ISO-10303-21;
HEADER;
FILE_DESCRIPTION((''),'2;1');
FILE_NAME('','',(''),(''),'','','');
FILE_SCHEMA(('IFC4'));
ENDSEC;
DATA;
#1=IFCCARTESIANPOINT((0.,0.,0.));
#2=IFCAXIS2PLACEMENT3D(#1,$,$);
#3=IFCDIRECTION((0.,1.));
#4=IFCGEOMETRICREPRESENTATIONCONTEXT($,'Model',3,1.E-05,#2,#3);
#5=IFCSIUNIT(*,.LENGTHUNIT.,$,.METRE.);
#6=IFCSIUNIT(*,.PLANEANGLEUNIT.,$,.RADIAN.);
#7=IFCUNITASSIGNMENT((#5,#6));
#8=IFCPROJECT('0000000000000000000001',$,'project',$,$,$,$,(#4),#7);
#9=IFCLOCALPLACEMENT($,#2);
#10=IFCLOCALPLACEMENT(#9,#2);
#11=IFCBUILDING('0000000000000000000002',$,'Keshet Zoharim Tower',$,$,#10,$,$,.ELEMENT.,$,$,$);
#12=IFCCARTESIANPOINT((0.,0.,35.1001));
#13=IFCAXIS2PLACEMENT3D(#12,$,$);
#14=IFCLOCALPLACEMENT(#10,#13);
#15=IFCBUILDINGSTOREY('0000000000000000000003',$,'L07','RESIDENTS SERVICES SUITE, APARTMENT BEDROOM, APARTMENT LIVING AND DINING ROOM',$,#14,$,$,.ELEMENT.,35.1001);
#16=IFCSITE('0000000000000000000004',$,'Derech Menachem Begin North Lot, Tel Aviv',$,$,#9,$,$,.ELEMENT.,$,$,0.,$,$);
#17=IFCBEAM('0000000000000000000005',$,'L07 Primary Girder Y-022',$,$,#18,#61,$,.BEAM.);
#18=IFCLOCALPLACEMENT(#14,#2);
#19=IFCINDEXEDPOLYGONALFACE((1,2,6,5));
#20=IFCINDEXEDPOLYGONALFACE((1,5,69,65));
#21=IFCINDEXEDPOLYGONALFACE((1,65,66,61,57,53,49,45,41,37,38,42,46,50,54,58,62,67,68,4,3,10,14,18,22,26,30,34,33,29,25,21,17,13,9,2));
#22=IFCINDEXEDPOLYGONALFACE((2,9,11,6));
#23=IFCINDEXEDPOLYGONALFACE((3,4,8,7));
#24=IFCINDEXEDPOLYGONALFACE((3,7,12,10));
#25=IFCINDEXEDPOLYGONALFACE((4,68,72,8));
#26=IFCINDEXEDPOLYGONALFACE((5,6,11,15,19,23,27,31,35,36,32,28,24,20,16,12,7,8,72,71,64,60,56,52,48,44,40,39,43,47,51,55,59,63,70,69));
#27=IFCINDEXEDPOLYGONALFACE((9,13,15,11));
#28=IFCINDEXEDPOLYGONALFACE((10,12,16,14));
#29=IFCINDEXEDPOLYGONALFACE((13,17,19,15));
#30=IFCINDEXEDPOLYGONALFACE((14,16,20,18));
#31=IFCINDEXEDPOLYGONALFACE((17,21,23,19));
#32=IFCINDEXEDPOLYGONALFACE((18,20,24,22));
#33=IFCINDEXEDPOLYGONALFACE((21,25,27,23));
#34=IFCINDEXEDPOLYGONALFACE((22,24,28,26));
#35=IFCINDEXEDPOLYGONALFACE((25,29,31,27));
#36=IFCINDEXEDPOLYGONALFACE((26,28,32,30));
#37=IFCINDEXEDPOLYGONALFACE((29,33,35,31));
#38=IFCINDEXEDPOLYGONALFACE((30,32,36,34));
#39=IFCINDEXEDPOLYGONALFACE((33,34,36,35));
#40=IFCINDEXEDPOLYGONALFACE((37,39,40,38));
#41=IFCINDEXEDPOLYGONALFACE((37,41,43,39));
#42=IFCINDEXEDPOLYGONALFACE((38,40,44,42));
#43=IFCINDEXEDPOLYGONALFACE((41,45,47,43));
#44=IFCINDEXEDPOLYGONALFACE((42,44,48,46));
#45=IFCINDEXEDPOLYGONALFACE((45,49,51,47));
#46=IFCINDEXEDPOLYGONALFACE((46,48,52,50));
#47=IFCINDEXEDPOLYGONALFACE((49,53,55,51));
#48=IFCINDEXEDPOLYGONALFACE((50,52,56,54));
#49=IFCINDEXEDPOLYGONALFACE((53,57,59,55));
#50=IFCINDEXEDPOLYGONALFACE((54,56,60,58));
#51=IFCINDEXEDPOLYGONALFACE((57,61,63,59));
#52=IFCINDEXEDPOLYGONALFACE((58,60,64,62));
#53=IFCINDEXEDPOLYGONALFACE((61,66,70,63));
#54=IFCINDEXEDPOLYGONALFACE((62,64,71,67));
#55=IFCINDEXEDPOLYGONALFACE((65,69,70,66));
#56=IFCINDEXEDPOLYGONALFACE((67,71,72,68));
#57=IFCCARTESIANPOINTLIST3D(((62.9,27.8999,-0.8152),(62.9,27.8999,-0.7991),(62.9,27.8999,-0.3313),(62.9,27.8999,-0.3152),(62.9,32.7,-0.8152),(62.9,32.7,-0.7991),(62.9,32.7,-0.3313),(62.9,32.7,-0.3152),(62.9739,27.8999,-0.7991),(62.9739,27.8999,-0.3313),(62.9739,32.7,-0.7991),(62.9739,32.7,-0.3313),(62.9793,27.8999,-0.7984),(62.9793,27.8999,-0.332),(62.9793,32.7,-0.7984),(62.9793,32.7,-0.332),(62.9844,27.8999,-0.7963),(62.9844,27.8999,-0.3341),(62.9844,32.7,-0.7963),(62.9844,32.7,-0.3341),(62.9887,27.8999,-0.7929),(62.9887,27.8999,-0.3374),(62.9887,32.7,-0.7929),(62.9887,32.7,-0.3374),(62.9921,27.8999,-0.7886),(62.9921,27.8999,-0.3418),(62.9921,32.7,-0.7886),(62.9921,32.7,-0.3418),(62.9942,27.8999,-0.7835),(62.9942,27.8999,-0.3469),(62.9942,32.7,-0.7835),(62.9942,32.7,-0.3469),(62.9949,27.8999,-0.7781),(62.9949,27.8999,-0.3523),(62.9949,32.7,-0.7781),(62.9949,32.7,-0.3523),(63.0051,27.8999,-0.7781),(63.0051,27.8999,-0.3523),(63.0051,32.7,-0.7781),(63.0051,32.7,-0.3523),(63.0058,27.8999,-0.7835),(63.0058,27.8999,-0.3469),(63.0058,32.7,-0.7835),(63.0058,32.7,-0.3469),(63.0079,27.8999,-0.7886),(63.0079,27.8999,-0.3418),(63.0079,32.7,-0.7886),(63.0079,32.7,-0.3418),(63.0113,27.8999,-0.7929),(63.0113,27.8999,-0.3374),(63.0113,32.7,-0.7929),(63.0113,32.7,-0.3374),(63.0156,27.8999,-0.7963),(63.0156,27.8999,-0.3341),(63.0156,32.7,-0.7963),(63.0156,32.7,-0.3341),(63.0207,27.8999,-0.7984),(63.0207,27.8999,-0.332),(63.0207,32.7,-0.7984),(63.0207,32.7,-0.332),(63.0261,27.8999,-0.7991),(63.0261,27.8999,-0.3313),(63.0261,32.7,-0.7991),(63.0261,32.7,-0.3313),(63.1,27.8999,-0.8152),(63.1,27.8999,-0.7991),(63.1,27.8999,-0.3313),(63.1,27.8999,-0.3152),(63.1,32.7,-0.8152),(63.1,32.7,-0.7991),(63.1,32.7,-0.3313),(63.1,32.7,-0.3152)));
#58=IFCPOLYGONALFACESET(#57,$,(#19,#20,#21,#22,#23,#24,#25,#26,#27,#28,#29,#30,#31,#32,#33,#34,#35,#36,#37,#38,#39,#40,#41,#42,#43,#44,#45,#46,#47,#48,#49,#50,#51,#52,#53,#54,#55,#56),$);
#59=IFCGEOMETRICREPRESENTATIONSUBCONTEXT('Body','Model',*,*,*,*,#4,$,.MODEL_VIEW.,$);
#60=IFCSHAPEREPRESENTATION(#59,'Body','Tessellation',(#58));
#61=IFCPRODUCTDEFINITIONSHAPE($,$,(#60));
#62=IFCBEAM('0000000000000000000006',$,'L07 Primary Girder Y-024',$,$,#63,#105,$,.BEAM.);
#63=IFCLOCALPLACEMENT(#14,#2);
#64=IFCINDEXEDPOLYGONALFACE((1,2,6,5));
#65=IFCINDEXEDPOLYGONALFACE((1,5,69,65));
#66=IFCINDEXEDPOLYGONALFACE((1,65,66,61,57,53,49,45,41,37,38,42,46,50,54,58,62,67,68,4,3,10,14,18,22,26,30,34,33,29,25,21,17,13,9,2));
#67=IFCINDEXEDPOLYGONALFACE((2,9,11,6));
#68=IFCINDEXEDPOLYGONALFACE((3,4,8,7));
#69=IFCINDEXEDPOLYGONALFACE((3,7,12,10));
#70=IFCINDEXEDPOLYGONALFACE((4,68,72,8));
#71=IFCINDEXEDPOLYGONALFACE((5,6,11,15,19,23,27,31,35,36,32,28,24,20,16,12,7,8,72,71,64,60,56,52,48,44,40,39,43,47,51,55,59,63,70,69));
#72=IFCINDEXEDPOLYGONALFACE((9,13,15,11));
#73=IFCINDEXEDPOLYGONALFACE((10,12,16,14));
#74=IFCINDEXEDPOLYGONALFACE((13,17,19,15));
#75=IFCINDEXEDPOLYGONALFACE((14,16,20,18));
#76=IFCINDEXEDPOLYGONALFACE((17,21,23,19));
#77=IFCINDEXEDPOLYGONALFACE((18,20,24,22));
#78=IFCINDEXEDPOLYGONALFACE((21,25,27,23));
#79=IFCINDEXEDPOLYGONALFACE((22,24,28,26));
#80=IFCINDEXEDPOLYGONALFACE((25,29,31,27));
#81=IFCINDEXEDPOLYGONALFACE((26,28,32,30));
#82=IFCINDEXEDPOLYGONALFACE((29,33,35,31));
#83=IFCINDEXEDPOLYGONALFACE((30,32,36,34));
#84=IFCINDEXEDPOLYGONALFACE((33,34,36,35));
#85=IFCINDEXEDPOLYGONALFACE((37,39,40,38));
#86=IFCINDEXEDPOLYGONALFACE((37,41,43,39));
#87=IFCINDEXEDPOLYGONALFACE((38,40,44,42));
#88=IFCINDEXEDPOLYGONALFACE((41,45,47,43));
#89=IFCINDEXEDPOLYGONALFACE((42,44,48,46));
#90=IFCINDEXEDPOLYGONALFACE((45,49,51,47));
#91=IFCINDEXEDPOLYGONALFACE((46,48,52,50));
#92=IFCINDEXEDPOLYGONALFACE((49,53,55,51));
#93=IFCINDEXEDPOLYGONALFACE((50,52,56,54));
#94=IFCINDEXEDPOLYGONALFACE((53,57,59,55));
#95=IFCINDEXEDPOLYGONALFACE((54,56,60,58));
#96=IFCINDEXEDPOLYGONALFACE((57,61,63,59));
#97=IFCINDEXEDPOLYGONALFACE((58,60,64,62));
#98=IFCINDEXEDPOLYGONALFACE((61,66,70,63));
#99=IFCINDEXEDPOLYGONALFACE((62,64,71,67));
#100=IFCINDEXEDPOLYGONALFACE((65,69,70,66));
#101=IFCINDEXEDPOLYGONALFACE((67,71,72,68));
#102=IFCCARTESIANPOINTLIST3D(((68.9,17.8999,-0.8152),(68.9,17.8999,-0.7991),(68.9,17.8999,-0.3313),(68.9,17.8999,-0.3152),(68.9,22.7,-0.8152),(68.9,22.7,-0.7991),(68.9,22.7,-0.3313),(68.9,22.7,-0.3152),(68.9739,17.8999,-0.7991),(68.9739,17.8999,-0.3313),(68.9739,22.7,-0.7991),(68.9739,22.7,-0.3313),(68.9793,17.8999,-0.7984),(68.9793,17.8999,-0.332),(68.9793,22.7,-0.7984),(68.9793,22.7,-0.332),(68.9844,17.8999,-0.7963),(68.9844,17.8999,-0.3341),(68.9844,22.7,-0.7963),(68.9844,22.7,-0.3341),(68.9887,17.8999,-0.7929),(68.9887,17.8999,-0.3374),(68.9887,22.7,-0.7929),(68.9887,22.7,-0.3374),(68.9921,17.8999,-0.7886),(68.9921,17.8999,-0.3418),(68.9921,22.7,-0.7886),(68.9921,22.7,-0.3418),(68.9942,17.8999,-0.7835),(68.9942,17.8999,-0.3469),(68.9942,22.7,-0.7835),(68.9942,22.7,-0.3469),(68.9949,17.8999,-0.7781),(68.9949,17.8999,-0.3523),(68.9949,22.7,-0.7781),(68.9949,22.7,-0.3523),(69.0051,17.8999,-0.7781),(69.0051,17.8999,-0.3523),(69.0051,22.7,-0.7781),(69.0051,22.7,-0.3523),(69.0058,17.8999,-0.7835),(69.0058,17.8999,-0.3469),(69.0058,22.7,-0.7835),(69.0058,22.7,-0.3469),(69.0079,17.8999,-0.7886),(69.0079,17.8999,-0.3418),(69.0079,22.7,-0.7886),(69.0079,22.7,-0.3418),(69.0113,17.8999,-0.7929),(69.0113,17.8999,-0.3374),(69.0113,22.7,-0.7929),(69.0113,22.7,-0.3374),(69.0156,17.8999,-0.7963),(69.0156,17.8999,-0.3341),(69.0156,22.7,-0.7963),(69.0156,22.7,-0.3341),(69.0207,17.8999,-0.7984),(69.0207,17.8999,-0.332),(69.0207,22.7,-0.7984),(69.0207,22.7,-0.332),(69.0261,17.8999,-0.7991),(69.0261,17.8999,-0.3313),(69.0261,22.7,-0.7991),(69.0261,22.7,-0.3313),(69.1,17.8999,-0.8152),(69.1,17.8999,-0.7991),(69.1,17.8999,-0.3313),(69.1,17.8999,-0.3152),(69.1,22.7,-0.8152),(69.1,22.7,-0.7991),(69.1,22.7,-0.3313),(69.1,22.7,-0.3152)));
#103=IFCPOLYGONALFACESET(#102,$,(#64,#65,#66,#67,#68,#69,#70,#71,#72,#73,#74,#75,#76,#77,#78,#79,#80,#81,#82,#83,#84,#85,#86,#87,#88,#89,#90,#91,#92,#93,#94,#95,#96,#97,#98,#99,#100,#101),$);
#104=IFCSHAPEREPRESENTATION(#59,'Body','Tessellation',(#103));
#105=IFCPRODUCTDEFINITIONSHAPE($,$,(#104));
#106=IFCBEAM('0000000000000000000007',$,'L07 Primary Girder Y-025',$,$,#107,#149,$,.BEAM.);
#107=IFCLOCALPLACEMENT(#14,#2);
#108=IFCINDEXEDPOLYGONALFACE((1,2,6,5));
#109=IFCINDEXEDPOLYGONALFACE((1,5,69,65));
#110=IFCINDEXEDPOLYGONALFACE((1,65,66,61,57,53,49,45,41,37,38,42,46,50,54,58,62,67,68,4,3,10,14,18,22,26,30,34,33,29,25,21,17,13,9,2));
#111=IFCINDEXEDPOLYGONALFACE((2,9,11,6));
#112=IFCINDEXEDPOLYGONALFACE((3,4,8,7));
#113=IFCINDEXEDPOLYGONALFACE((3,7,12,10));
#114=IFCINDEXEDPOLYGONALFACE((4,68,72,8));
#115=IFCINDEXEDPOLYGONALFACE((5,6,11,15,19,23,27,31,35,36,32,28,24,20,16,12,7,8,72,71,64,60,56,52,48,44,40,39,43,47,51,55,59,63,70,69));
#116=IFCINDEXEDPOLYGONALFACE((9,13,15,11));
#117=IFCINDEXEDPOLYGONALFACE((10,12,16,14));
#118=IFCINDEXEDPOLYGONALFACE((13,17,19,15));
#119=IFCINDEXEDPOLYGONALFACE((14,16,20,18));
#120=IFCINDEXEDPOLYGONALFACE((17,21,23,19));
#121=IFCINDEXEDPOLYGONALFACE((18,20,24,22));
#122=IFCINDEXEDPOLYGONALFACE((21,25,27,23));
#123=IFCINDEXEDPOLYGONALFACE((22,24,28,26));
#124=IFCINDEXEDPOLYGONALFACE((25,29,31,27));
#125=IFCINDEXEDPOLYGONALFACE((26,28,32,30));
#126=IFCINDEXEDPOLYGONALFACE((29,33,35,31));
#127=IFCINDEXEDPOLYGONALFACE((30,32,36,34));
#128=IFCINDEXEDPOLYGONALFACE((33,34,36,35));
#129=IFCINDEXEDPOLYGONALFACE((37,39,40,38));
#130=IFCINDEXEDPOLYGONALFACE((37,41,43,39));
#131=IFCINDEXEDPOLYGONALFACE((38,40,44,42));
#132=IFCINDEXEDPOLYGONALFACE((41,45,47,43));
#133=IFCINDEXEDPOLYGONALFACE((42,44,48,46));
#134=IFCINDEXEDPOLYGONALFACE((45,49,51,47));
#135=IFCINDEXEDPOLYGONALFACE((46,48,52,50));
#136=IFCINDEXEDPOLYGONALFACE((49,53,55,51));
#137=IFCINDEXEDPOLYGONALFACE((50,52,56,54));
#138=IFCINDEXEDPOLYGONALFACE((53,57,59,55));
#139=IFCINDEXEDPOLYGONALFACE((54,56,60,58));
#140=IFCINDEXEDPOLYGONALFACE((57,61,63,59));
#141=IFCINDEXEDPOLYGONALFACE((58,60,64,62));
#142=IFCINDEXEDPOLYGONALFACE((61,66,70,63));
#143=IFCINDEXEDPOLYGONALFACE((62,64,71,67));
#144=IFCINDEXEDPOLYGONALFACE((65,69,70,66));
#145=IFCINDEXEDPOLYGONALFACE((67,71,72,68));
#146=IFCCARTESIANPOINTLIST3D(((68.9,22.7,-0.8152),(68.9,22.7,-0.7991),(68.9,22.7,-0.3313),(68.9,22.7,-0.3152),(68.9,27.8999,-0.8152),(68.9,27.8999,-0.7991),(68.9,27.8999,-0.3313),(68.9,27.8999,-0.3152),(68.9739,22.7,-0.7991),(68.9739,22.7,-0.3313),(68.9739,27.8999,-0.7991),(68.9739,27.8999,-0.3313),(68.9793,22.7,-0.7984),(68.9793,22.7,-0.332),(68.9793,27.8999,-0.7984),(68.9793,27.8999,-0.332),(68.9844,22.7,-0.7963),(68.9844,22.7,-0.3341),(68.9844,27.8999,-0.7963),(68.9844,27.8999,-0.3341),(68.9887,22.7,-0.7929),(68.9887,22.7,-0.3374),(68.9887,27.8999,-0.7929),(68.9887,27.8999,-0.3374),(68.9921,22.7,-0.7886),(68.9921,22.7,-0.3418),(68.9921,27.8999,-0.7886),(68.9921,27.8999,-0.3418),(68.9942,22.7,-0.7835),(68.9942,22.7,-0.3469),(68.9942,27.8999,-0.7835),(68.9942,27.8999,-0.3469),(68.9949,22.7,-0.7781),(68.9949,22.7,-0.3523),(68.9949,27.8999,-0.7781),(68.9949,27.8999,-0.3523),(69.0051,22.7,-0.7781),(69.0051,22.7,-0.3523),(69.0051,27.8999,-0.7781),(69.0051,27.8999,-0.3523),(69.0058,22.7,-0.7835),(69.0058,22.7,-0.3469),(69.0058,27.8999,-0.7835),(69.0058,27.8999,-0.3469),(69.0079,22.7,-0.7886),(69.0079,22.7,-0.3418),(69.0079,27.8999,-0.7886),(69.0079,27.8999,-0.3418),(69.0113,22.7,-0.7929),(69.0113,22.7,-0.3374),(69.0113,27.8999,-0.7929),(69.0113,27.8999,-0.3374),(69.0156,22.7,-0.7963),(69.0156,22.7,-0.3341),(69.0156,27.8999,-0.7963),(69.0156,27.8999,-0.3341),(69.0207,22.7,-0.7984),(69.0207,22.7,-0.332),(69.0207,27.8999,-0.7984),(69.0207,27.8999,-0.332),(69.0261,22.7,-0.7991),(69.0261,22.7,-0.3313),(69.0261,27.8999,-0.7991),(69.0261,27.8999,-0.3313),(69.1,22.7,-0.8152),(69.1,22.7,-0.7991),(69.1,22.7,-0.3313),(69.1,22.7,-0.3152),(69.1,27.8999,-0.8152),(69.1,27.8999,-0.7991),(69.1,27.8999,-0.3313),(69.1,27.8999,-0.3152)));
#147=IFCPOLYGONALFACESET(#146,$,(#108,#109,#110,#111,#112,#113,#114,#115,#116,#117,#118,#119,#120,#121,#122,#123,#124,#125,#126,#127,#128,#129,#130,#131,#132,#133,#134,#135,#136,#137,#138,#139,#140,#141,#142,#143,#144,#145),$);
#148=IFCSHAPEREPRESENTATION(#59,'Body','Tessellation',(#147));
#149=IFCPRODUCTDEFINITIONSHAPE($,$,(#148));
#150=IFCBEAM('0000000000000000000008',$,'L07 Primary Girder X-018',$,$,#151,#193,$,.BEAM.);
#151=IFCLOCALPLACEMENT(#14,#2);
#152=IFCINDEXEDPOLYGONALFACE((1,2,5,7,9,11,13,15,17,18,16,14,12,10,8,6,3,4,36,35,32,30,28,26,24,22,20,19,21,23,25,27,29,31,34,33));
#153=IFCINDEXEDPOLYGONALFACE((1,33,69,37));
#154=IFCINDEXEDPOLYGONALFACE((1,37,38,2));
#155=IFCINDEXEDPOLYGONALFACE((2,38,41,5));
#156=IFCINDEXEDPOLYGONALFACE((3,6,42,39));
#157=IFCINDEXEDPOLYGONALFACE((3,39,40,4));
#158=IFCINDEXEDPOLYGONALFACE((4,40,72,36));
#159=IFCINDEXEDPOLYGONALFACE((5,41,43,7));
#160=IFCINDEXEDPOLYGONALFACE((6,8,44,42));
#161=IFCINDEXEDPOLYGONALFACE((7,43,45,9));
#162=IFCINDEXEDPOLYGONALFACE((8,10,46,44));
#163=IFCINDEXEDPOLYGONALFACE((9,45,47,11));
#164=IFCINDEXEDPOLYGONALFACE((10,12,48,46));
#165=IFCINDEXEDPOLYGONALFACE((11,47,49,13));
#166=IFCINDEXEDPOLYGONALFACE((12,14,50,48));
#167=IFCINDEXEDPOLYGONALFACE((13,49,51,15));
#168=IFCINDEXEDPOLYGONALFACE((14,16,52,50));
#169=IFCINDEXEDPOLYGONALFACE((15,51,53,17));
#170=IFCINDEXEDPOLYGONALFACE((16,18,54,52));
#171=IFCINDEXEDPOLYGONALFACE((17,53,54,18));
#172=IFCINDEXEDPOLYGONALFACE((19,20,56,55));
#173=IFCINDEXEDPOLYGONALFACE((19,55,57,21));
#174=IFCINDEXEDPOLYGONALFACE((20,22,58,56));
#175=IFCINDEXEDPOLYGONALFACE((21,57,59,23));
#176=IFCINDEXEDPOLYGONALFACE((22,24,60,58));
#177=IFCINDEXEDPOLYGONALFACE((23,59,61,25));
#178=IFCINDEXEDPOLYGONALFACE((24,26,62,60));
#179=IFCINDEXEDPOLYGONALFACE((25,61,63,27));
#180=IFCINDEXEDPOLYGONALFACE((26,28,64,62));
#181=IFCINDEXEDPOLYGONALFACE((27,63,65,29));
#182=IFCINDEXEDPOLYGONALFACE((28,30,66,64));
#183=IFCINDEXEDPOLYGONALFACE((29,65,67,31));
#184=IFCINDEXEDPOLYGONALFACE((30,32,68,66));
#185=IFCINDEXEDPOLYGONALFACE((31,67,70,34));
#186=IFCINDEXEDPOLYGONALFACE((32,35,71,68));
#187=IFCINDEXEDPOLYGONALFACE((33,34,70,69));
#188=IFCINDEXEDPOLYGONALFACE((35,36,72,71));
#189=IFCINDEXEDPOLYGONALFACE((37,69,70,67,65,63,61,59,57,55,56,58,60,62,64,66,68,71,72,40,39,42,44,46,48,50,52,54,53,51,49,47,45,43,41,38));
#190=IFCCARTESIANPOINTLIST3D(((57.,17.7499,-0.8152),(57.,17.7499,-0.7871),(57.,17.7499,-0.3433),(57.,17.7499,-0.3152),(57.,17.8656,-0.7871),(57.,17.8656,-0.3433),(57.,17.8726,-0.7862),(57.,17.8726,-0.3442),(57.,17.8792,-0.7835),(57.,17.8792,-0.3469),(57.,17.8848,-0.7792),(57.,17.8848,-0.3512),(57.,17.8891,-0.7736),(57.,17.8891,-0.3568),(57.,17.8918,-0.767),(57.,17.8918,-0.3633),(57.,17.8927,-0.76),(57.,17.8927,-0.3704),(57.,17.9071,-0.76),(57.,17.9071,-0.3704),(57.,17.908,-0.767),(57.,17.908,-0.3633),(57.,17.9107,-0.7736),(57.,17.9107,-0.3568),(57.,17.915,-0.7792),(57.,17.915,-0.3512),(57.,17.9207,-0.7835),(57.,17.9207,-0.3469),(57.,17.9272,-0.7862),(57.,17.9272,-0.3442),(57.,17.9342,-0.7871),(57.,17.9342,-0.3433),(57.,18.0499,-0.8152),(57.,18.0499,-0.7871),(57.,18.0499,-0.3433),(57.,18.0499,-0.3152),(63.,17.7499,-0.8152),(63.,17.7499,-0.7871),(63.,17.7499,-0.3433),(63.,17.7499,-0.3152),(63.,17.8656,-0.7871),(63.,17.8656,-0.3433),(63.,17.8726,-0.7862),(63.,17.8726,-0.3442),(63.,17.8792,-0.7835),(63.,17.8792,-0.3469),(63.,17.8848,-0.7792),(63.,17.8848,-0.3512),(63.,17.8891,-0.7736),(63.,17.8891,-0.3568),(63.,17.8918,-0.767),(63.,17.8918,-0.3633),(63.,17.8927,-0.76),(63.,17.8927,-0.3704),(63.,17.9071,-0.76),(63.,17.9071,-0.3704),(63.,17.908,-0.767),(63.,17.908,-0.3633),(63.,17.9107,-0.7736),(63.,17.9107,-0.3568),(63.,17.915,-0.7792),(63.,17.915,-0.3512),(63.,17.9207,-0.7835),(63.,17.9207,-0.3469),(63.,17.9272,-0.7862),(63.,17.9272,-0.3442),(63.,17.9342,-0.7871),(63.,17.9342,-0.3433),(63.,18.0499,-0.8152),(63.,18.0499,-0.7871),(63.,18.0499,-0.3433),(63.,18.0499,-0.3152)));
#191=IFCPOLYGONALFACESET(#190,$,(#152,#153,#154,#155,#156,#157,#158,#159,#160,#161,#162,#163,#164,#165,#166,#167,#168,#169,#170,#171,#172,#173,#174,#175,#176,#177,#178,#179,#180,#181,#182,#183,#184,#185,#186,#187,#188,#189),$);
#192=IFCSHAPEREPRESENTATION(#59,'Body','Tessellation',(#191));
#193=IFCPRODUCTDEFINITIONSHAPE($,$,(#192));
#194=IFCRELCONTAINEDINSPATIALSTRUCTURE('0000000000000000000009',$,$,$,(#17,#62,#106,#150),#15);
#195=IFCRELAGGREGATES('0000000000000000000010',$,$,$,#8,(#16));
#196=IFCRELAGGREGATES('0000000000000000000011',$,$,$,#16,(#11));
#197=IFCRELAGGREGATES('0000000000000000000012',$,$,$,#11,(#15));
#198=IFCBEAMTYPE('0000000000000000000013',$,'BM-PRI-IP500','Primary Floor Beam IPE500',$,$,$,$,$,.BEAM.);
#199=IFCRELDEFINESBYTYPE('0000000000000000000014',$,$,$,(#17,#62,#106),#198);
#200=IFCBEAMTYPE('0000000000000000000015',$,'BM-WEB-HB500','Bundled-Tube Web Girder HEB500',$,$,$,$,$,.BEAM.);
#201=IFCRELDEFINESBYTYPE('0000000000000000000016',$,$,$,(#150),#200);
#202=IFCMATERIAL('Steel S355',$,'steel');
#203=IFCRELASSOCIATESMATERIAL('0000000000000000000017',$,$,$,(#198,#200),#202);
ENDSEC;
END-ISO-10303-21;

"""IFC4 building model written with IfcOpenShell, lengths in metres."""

from ifc_helpers import new_model, si_unit, direction, frame, origin, origin_2d, place, context, subcontext, project, spatial, i_section, extrude, material, material_profile, profile_set, type_object, element, save


model = new_model("IFC4")

# Units and contexts
model_context = context("Model", 3, precision=1e-05, world=origin(), true_north=direction((0.0, 1.0)))
body_context = subcontext(model_context, "Body", "Model", "MODEL_VIEW")
ifc_project = project(units=[si_unit("LENGTHUNIT", "METRE"), si_unit("PLANEANGLEUNIT", "RADIAN")], contexts=[model_context])

# Site, building, storey
site_placement = place(None, origin())
site = spatial("IfcSite", under=ifc_project, at=site_placement, Name="Derech Menachem Begin North Lot, Tel Aviv", CompositionType="ELEMENT", RefElevation=0.0)
building_placement = place(site_placement, origin())
building = spatial("IfcBuilding", under=site, at=building_placement, Name="Keshet Zoharim Tower", CompositionType="ELEMENT")
storey_placement = place(building_placement, frame((0.0, 0.0, 35.1001)))
storey = spatial("IfcBuildingStorey", under=building, at=storey_placement, Name="L07", Description="RESIDENTS SERVICES SUITE, APARTMENT BEDROOM, APARTMENT LIVING AND DINING ROOM", CompositionType="ELEMENT", Elevation=35.1001)

# Shared definitions
ifc_material_1 = material(Name="Steel S355", Category="steel")

# Beams
ifc_material_profile_1 = material_profile(ifc_material_1, i_section(OverallWidth=0.2, OverallDepth=0.5, WebThickness=0.0103, FlangeThickness=0.0161, FilletRadius=0.021, at=origin_2d()), Name="IPE500")
ifc_profile_set_1 = profile_set([ifc_material_profile_1], Name="Steel S355")
beam_type_1 = type_object("IfcBeamType", Name="BM-PRI-IP500", Description="Primary Floor Beam IPE500", PredefinedType="BEAM", material=ifc_profile_set_1)
for number, where, z_axis, x_axis, name in (
    (1, (63.0, 27.8999, -0.5652), (0.0, 1.0, 0.0), (-1.0, 0.0, 0.0), "L07 Primary Girder Y-022"),
    (2, (69.0, 17.8999, -0.5652), (0.0, 1.0, 0.0), (-1.0, 0.0, 0.0), "L07 Primary Girder Y-024"),
):
    element("IfcBeam", number, at=place(storey_placement, frame(where, z_axis=z_axis, x_axis=x_axis)), inside=storey, type_object=beam_type_1, Name=name, PredefinedType="BEAM", context=body_context, shape_type="SweptSolid", body=[
        extrude(i_section(OverallWidth=0.2, OverallDepth=0.5, WebThickness=0.0103, FlangeThickness=0.0161, FilletRadius=0.021, at=origin_2d()), origin(), (0.0, 0.0, 1.0), 4.8),
    ])
beam_1_placement = place(storey_placement, frame((69.0, 22.7, -0.5652), z_axis=(0.0, 1.0, 0.0), x_axis=(-1.0, 0.0, 0.0)))
element("IfcBeam", 3, at=beam_1_placement, inside=storey, type_object=beam_type_1, Name="L07 Primary Girder Y-025", PredefinedType="BEAM", context=body_context, shape_type="SweptSolid", body=[
    extrude(i_section(OverallWidth=0.2, OverallDepth=0.5, WebThickness=0.0103, FlangeThickness=0.0161, FilletRadius=0.021, at=origin_2d()), origin(), (0.0, 0.0, 1.0), 5.2),
])
ifc_material_profile_2 = material_profile(ifc_material_1, i_section(OverallWidth=0.3, OverallDepth=0.5, WebThickness=0.0144, FlangeThickness=0.0281, FilletRadius=0.0271, at=origin_2d()), Name="HEB500")
ifc_profile_set_2 = profile_set([ifc_material_profile_2], Name="Steel S355")
beam_type_2 = type_object("IfcBeamType", Name="BM-WEB-HB500", Description="Bundled-Tube Web Girder HEB500", PredefinedType="BEAM", material=ifc_profile_set_2)
for number, where, z_axis, x_axis, name in (
    (4, (57.0, 17.8999, -0.5652), (1.0, 0.0, 0.0), (0.0, 1.0, 0.0), "L07 Primary Girder X-018"),
):
    element("IfcBeam", number, at=place(storey_placement, frame(where, z_axis=z_axis, x_axis=x_axis)), inside=storey, type_object=beam_type_2, Name=name, PredefinedType="BEAM", context=body_context, shape_type="SweptSolid", body=[
        extrude(i_section(OverallWidth=0.3, OverallDepth=0.5, WebThickness=0.0144, FlangeThickness=0.0281, FilletRadius=0.0271, at=origin_2d()), origin(), (0.0, 0.0, 1.0), 6.0),
    ])

save(model, "model.ifc")
